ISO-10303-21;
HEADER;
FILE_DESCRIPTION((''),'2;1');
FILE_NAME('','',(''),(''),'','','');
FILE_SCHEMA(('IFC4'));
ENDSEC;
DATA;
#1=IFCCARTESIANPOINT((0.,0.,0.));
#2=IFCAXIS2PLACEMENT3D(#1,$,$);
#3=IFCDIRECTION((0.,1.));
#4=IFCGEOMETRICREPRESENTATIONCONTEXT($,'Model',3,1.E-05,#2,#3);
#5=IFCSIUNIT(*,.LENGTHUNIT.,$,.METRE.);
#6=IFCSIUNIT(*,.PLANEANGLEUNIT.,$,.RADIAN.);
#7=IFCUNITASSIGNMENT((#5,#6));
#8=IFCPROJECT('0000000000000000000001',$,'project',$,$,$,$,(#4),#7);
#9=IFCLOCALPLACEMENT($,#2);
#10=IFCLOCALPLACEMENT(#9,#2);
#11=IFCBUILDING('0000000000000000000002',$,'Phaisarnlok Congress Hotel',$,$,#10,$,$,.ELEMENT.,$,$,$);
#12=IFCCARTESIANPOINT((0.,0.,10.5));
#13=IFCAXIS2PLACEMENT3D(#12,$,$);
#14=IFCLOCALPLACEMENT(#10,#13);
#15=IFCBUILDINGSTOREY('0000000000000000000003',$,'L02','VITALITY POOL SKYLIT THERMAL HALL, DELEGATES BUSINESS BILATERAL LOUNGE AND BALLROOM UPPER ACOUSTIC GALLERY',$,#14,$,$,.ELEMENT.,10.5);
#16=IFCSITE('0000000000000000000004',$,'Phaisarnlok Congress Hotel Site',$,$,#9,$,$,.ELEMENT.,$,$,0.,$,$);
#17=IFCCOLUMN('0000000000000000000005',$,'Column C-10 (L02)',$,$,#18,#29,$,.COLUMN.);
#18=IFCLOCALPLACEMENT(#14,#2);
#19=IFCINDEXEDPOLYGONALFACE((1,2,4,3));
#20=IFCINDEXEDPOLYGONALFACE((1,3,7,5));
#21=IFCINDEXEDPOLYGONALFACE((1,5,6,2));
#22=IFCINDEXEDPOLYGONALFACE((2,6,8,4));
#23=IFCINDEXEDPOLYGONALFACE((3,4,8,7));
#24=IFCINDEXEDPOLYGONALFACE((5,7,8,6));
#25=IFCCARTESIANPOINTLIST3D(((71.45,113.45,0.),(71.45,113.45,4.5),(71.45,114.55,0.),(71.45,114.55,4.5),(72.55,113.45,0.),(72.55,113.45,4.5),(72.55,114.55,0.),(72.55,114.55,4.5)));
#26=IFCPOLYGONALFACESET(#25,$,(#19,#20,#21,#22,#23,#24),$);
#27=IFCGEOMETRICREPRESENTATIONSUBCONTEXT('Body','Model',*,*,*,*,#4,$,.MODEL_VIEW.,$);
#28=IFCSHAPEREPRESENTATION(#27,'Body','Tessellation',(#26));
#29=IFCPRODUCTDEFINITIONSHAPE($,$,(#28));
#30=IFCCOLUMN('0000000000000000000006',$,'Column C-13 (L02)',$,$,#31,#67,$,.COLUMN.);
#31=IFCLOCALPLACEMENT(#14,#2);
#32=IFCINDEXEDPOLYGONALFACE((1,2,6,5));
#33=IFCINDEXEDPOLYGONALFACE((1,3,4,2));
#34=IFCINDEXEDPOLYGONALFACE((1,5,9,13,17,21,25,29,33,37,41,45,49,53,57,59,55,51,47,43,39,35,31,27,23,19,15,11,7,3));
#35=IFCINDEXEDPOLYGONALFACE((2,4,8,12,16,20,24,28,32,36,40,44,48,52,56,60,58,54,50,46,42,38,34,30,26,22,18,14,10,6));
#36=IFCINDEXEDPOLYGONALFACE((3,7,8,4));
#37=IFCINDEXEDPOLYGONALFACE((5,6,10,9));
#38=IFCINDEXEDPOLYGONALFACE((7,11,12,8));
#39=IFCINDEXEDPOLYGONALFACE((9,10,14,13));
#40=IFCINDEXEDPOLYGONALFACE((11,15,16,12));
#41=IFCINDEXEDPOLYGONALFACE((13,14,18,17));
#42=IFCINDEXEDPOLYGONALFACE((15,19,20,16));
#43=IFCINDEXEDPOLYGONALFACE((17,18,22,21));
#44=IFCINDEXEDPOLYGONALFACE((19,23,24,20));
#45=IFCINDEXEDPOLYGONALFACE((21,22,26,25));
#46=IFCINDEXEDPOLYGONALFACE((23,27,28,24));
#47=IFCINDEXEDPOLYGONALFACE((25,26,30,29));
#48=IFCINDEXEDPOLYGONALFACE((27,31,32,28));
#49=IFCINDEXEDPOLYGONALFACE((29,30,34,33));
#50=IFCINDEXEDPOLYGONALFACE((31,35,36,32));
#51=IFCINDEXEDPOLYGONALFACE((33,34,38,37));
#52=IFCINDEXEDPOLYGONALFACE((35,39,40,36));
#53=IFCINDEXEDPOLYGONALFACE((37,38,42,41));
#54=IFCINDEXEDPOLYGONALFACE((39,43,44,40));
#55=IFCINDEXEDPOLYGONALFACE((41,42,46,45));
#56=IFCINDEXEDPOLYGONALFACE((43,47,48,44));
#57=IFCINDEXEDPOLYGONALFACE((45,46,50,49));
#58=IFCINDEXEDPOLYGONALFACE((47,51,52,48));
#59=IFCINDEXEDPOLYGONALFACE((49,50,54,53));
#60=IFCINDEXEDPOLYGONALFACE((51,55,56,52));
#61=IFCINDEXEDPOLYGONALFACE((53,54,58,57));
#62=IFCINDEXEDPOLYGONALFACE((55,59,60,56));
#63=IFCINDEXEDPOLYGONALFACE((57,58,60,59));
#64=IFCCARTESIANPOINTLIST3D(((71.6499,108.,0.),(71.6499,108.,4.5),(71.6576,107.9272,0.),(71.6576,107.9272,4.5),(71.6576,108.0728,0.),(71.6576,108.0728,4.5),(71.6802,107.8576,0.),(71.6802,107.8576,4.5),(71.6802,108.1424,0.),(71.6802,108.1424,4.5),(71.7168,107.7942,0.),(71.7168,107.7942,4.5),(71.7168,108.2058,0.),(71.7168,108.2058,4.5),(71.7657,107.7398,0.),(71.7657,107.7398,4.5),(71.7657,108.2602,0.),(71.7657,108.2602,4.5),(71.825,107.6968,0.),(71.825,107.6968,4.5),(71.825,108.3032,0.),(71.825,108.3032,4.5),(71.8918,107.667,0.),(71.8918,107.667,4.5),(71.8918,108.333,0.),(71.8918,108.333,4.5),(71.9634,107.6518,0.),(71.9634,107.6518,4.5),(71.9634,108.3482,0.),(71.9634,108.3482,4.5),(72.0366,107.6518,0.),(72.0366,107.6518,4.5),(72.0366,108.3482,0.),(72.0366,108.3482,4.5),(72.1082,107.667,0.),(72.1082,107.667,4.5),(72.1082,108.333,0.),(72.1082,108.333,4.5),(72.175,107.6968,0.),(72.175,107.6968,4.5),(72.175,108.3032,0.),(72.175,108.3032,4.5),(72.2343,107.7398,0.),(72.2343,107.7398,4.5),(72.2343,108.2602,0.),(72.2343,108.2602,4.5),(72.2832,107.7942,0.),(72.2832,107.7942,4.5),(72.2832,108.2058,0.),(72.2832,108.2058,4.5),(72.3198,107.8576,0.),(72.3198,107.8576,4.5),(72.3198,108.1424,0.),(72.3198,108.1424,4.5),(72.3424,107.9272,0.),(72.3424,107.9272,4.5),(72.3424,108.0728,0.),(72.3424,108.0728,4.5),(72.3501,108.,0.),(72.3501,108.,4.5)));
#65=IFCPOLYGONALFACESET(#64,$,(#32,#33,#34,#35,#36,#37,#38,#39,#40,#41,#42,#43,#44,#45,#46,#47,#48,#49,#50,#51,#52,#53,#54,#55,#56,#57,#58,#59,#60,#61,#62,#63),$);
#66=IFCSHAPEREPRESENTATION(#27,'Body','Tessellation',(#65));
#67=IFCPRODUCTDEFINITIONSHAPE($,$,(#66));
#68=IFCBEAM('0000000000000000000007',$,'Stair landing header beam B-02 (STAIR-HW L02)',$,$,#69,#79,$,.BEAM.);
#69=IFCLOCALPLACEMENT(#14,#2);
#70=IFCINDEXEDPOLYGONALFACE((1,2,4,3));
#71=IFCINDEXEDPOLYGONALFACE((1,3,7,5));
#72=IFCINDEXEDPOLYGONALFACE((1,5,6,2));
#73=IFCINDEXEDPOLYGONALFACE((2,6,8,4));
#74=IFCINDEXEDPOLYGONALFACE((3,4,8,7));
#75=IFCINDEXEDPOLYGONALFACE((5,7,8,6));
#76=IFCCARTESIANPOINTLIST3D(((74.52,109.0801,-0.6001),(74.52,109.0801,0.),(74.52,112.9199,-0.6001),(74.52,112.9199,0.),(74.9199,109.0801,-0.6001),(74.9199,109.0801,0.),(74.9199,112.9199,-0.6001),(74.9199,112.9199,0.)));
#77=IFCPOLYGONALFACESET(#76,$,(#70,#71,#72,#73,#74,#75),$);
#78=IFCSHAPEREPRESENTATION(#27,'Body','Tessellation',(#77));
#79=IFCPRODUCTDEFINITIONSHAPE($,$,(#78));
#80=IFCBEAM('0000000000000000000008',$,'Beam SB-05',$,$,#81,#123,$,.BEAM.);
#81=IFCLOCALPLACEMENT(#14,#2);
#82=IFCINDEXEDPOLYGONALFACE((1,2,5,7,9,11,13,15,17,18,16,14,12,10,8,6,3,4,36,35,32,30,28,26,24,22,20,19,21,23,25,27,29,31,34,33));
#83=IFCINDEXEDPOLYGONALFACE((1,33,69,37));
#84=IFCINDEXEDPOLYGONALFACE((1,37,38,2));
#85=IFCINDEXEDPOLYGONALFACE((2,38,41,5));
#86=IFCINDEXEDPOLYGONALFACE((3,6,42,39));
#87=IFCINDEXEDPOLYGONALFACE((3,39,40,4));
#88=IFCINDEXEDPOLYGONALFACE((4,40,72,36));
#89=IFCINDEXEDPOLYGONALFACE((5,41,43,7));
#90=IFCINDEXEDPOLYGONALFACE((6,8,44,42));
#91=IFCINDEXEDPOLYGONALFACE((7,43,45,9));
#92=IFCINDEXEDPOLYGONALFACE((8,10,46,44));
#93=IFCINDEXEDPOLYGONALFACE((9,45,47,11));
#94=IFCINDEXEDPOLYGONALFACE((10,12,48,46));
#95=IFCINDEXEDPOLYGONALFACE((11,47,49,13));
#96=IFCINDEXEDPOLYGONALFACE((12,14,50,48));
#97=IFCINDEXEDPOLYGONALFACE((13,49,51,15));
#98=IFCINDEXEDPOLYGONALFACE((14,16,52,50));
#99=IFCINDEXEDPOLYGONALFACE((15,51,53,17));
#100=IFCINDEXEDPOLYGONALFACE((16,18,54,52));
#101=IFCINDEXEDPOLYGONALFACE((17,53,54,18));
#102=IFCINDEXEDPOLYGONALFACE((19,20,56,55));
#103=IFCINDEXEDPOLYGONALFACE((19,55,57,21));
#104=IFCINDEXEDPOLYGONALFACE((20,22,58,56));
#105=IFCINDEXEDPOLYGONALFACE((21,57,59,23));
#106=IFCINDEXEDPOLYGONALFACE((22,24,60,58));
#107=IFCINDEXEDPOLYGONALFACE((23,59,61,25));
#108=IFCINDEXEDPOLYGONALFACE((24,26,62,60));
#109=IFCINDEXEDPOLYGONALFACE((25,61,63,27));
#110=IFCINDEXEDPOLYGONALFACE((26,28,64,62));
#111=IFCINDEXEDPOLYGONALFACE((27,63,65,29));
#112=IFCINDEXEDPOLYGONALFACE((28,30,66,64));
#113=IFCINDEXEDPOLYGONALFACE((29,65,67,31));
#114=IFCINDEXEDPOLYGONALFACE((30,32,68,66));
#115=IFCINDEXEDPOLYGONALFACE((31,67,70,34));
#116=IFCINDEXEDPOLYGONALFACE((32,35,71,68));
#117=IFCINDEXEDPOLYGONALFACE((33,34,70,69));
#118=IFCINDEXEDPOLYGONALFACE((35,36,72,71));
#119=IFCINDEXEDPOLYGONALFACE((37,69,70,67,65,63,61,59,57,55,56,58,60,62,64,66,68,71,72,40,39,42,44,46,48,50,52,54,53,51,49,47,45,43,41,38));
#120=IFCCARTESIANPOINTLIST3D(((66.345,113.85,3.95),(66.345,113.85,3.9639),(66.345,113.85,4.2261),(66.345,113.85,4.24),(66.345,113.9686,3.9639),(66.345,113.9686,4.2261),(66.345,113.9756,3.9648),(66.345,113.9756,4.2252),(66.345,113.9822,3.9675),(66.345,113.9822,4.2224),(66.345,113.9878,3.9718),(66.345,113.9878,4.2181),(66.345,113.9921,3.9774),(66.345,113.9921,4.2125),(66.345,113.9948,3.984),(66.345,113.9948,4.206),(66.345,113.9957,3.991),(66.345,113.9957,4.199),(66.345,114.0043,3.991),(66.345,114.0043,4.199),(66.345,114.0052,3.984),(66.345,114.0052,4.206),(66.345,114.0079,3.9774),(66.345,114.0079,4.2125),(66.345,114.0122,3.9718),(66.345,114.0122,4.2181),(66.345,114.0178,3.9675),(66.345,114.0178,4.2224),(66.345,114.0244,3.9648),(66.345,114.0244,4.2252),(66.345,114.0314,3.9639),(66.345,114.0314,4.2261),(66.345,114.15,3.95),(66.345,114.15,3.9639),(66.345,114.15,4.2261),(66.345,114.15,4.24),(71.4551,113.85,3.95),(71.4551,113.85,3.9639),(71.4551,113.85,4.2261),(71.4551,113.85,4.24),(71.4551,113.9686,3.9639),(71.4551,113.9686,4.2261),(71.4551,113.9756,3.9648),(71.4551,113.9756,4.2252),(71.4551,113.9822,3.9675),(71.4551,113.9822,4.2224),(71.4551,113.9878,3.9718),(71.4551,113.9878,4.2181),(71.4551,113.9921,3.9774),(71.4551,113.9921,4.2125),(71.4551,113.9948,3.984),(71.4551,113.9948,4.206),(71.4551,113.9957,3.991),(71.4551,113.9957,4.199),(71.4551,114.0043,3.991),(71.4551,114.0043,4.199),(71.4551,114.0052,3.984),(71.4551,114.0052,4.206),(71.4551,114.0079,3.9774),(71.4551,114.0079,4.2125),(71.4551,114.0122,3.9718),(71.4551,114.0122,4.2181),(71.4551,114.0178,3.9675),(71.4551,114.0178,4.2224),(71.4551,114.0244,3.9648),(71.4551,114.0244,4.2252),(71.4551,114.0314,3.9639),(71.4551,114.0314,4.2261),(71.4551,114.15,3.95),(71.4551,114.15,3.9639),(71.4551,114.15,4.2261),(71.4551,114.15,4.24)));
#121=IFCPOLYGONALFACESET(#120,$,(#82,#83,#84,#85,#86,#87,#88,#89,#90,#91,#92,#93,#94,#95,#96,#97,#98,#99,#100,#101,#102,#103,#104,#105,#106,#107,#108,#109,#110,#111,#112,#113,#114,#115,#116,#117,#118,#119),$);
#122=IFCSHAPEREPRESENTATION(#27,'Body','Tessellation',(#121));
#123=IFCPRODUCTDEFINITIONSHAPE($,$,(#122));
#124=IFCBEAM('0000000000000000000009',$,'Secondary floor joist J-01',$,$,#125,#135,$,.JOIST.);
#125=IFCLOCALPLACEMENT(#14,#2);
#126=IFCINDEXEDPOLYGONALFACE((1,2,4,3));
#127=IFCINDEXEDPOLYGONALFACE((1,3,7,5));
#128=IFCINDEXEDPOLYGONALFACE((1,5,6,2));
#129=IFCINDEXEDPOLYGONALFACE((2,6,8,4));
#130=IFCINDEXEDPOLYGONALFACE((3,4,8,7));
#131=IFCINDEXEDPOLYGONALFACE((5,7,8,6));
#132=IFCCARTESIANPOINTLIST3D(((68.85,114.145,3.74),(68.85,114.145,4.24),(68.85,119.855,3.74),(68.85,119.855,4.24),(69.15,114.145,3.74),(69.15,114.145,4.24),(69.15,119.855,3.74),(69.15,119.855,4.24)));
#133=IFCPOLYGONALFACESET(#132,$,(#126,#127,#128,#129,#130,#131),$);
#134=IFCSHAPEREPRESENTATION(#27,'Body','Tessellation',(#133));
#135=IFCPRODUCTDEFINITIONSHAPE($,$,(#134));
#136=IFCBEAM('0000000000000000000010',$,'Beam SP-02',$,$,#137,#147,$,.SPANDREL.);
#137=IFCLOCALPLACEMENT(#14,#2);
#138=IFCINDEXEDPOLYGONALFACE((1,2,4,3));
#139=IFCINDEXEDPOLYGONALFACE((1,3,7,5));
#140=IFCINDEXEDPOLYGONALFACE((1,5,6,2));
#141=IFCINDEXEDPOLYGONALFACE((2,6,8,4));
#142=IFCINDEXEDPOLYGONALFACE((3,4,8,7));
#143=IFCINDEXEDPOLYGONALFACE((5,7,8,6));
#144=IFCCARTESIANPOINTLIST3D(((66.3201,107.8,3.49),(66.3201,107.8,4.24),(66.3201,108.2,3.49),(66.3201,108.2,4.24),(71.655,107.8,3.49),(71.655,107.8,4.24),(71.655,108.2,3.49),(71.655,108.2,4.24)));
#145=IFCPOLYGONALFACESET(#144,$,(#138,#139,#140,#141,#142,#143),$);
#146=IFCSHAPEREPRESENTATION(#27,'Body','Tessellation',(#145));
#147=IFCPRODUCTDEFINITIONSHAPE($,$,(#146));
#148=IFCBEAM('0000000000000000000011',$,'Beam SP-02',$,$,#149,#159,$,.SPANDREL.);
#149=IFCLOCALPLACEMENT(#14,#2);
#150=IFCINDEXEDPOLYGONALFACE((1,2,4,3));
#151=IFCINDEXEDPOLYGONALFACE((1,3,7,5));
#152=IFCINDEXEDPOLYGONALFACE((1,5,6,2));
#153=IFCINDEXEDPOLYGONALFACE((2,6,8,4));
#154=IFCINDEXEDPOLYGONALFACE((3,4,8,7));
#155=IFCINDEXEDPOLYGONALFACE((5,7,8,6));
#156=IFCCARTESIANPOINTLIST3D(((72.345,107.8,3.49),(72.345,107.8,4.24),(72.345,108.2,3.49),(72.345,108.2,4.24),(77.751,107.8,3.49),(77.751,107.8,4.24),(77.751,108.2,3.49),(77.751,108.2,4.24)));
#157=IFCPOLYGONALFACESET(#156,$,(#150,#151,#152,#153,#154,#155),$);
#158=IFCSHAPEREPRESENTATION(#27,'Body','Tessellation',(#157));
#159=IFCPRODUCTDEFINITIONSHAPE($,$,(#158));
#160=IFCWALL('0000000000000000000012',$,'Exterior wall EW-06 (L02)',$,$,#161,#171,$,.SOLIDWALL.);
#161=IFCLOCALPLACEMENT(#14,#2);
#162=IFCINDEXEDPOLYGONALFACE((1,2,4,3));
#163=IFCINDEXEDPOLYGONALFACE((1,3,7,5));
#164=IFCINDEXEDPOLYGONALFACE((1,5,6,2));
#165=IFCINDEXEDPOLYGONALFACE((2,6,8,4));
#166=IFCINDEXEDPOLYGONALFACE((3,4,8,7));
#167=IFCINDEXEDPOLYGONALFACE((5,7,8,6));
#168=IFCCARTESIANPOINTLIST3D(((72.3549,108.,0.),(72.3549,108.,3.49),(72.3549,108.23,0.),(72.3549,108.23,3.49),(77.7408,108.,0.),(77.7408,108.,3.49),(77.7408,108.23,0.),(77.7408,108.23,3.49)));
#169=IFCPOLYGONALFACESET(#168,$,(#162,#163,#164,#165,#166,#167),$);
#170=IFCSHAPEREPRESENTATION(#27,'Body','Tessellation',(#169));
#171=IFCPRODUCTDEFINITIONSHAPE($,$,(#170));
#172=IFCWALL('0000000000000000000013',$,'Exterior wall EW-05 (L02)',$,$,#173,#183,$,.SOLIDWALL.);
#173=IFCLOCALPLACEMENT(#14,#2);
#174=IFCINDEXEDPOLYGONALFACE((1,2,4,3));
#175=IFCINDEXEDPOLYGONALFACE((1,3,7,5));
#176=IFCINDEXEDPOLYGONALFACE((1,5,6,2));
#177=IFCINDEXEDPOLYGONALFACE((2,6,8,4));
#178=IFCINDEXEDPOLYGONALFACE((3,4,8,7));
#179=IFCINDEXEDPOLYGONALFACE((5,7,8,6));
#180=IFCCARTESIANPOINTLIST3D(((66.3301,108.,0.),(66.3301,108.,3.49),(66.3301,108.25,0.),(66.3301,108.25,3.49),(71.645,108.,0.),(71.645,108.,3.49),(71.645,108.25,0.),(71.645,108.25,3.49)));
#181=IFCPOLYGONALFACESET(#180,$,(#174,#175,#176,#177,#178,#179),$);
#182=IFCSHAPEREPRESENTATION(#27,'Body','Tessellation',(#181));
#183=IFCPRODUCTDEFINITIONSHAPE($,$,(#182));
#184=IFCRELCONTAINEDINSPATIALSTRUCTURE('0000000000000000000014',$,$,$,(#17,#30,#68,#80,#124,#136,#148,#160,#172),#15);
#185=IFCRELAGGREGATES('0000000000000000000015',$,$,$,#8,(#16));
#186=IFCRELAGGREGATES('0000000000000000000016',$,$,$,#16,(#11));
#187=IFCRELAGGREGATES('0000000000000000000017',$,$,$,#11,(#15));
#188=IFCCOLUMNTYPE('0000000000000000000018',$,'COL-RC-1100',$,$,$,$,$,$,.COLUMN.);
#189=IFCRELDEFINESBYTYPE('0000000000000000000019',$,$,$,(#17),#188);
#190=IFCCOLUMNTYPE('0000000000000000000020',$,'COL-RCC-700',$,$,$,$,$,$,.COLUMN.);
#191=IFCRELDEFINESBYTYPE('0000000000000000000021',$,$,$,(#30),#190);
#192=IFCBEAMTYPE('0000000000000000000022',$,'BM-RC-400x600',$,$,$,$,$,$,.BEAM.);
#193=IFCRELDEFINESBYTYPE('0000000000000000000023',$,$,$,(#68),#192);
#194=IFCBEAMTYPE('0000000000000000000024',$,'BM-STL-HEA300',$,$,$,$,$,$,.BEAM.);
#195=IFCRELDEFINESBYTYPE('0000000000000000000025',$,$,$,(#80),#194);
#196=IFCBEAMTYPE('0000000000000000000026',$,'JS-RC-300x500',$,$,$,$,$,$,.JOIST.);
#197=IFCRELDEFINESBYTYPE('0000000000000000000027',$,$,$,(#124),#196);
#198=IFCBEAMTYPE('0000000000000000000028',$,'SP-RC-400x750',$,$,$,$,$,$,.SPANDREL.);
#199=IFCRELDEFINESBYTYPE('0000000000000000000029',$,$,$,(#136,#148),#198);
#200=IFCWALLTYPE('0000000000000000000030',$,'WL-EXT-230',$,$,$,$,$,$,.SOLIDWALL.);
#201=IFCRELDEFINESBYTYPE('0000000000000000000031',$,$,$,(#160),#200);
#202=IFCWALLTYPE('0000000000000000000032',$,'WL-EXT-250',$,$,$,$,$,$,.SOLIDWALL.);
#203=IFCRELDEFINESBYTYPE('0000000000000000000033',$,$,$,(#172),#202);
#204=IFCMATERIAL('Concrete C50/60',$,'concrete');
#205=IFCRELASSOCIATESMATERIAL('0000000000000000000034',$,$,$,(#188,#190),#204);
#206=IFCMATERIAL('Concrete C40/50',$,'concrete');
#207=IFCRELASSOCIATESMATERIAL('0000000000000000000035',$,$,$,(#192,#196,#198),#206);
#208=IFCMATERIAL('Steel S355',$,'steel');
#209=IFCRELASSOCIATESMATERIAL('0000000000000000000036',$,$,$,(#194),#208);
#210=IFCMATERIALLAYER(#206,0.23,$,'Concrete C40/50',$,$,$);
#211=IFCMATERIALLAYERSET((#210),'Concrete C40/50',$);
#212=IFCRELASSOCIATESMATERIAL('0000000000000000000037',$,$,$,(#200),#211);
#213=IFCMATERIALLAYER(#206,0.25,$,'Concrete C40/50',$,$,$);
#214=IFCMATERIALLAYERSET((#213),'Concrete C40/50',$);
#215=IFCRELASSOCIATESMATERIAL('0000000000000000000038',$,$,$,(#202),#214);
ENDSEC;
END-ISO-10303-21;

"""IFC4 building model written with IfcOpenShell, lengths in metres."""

from ifc_helpers import new_model, si_unit, direction, frame, frame_2d, origin, origin_2d, place, context, subcontext, project, spatial, rectangle, circle, i_section, extrude, material, layer, layer_set, material_profile, profile_set, type_object, element, save


model = new_model("IFC4")

# Units and contexts
model_context = context("Model", 3, precision=1e-05, world=origin(), true_north=direction((0.0, 1.0)))
body_context = subcontext(model_context, "Body", "Model", "MODEL_VIEW")
ifc_project = project(units=[si_unit("LENGTHUNIT", "METRE"), si_unit("PLANEANGLEUNIT", "RADIAN")], contexts=[model_context])

# Site, building, storey
site_placement = place(None, origin())
site = spatial("IfcSite", under=ifc_project, at=site_placement, Name="Phaisarnlok Congress Hotel Site", CompositionType="ELEMENT", RefElevation=0.0)
building_placement = place(site_placement, origin())
building = spatial("IfcBuilding", under=site, at=building_placement, Name="Phaisarnlok Congress Hotel", CompositionType="ELEMENT")
storey_placement = place(building_placement, frame((0.0, 0.0, 10.5)))
storey = spatial("IfcBuildingStorey", under=building, at=storey_placement, Name="L02", Description="VITALITY POOL SKYLIT THERMAL HALL, DELEGATES BUSINESS BILATERAL LOUNGE AND BALLROOM UPPER ACOUSTIC GALLERY", CompositionType="ELEMENT", Elevation=10.5)

# Columns
ifc_material_1 = material(Name="Concrete C50/60", Category="concrete")
ifc_material_profile_1 = material_profile(ifc_material_1, rectangle(XDim=1.1001, YDim=1.1001, at=origin_2d()), Name="RC 1100x1100")
ifc_profile_set_1 = profile_set([ifc_material_profile_1], Name="Concrete C50/60")
column_type_1 = type_object("IfcColumnType", Name="COL-RC-1100", PredefinedType="COLUMN", material=ifc_profile_set_1)
column_1_placement = place(storey_placement, frame((72.0, 114.0, 0.0), z_axis=(0.0, 0.0, 1.0), x_axis=(1.0, 0.0, 0.0)))
element("IfcColumn", 1, at=column_1_placement, inside=storey, type_object=column_type_1, Name="Column C-10 (L02)", PredefinedType="COLUMN", context=body_context, shape_type="SweptSolid", body=[
    extrude(rectangle(XDim=1.1001, YDim=1.1001, at=origin_2d()), origin(), (0.0, 0.0, 1.0), 4.5),
])
ifc_material_profile_2 = material_profile(ifc_material_1, circle(Radius=0.3501, at=origin_2d()), Name="RCC D700")
ifc_profile_set_2 = profile_set([ifc_material_profile_2], Name="Concrete C50/60")
column_type_2 = type_object("IfcColumnType", Name="COL-RCC-700", PredefinedType="COLUMN", material=ifc_profile_set_2)
column_2_placement = place(storey_placement, frame((72.0, 108.0, 0.0), z_axis=(0.0, 0.0, 1.0), x_axis=(1.0, 0.0, 0.0)))
element("IfcColumn", 2, at=column_2_placement, inside=storey, type_object=column_type_2, Name="Column C-13 (L02)", PredefinedType="COLUMN", context=body_context, shape_type="SweptSolid", body=[
    extrude(circle(Radius=0.3501, at=origin_2d()), origin(), (0.0, 0.0, 1.0), 4.5),
])

# Beams
ifc_material_2 = material(Name="Concrete C40/50", Category="concrete")
ifc_material_profile_3 = material_profile(ifc_material_2, rectangle(XDim=0.3999, YDim=0.6001, at=origin_2d()), Name="RC 400x600")
ifc_profile_set_3 = profile_set([ifc_material_profile_3], Name="Concrete C40/50")
beam_type_1 = type_object("IfcBeamType", Name="BM-RC-400x600", PredefinedType="BEAM", material=ifc_profile_set_3)
beam_1_placement = place(storey_placement, frame((74.72, 109.0801, -0.3), z_axis=(0.0, 1.0, 0.0), x_axis=(-1.0, 0.0, 0.0)))
element("IfcBeam", 3, at=beam_1_placement, inside=storey, type_object=beam_type_1, Name="Stair landing header beam B-02 (STAIR-HW L02)", PredefinedType="BEAM", context=body_context, shape_type="SweptSolid", body=[
    extrude(rectangle(XDim=0.3999, YDim=0.6001, at=origin_2d()), origin(), (0.0, 0.0, 1.0), 3.8398),
])
ifc_material_3 = material(Name="Steel S355", Category="steel")
ifc_material_profile_4 = material_profile(ifc_material_3, i_section(OverallWidth=0.3, OverallDepth=0.29, WebThickness=0.0085, FlangeThickness=0.0139, FilletRadius=0.0271, at=origin_2d()), Name="HEA 300")
ifc_profile_set_4 = profile_set([ifc_material_profile_4], Name="Steel S355")
beam_type_2 = type_object("IfcBeamType", Name="BM-STL-HEA300", PredefinedType="BEAM", material=ifc_profile_set_4)
beam_2_placement = place(storey_placement, frame((66.345, 114.0, 4.095), z_axis=(1.0, 0.0, 0.0), x_axis=(0.0, 1.0, 0.0)))
element("IfcBeam", 4, at=beam_2_placement, inside=storey, type_object=beam_type_2, Name="Beam SB-05", PredefinedType="BEAM", context=body_context, shape_type="SweptSolid", body=[
    extrude(i_section(OverallWidth=0.3, OverallDepth=0.29, WebThickness=0.0085, FlangeThickness=0.0139, FilletRadius=0.0271, at=origin_2d()), origin(), (0.0, 0.0, 1.0), 5.1101),
])
ifc_material_profile_5 = material_profile(ifc_material_2, rectangle(XDim=0.3, YDim=0.5, at=origin_2d()), Name="RC 300x500")
ifc_profile_set_5 = profile_set([ifc_material_profile_5], Name="Concrete C40/50")
beam_type_3 = type_object("IfcBeamType", Name="JS-RC-300x500", PredefinedType="JOIST", material=ifc_profile_set_5)
beam_3_placement = place(storey_placement, frame((69.0, 114.145, 3.99), z_axis=(0.0, 1.0, 0.0), x_axis=(-1.0, 0.0, 0.0)))
element("IfcBeam", 5, at=beam_3_placement, inside=storey, type_object=beam_type_3, Name="Secondary floor joist J-01", PredefinedType="JOIST", context=body_context, shape_type="SweptSolid", body=[
    extrude(rectangle(XDim=0.3, YDim=0.5, at=origin_2d()), origin(), (0.0, 0.0, 1.0), 5.71),
])
ifc_material_profile_6 = material_profile(ifc_material_2, rectangle(XDim=0.3999, YDim=0.75, at=origin_2d()), Name="RC 400x750")
ifc_profile_set_6 = profile_set([ifc_material_profile_6], Name="Concrete C40/50")
beam_type_4 = type_object("IfcBeamType", Name="SP-RC-400x750", PredefinedType="SPANDREL", material=ifc_profile_set_6)
beam_4_placement = place(storey_placement, frame((66.3201, 108.0, 3.865), z_axis=(1.0, 0.0, 0.0), x_axis=(0.0, 1.0, 0.0)))
element("IfcBeam", 6, at=beam_4_placement, inside=storey, type_object=beam_type_4, Name="Beam SP-02", PredefinedType="SPANDREL", context=body_context, shape_type="SweptSolid", body=[
    extrude(rectangle(XDim=0.3999, YDim=0.75, at=origin_2d()), origin(), (0.0, 0.0, 1.0), 5.335),
])
beam_5_placement = place(storey_placement, frame((72.345, 108.0, 3.865), z_axis=(1.0, 0.0, 0.0), x_axis=(0.0, 1.0, 0.0)))
element("IfcBeam", 7, at=beam_5_placement, inside=storey, type_object=beam_type_4, Name="Beam SP-02", PredefinedType="SPANDREL", context=body_context, shape_type="SweptSolid", body=[
    extrude(rectangle(XDim=0.3999, YDim=0.75, at=origin_2d()), origin(), (0.0, 0.0, 1.0), 5.406),
])

# Walls
ifc_layer_1 = layer(ifc_material_2, 0.23, Name="Concrete C40/50")
ifc_layer_set_1 = layer_set([ifc_layer_1], Name="Concrete C40/50")
wall_type_1 = type_object("IfcWallType", Name="WL-EXT-230", PredefinedType="SOLIDWALL", material=ifc_layer_set_1)
wall_1_placement = place(storey_placement, frame((72.355, 108.115, 0.0), z_axis=(0.0, 0.0, 1.0), x_axis=(1.0, 0.0, 0.0)))
element("IfcWall", 8, at=wall_1_placement, inside=storey, type_object=wall_type_1, Name="Exterior wall EW-06 (L02)", PredefinedType="SOLIDWALL", context=body_context, shape_type="SweptSolid", body=[
    extrude(rectangle(XDim=5.386, YDim=0.23, at=frame_2d((2.6929, 0.0))), origin(), (0.0, 0.0, 1.0), 3.49),
])
ifc_layer_2 = layer(ifc_material_2, 0.25, Name="Concrete C40/50")
ifc_layer_set_2 = layer_set([ifc_layer_2], Name="Concrete C40/50")
wall_type_2 = type_object("IfcWallType", Name="WL-EXT-250", PredefinedType="SOLIDWALL", material=ifc_layer_set_2)
wall_2_placement = place(storey_placement, frame((66.3301, 108.125, 0.0), z_axis=(0.0, 0.0, 1.0), x_axis=(1.0, 0.0, 0.0)))
element("IfcWall", 9, at=wall_2_placement, inside=storey, type_object=wall_type_2, Name="Exterior wall EW-05 (L02)", PredefinedType="SOLIDWALL", context=body_context, shape_type="SweptSolid", body=[
    extrude(rectangle(XDim=5.3149, YDim=0.25, at=frame_2d((2.6575, 0.0))), origin(), (0.0, 0.0, 1.0), 3.49),
])

save(model, "model.ifc")
